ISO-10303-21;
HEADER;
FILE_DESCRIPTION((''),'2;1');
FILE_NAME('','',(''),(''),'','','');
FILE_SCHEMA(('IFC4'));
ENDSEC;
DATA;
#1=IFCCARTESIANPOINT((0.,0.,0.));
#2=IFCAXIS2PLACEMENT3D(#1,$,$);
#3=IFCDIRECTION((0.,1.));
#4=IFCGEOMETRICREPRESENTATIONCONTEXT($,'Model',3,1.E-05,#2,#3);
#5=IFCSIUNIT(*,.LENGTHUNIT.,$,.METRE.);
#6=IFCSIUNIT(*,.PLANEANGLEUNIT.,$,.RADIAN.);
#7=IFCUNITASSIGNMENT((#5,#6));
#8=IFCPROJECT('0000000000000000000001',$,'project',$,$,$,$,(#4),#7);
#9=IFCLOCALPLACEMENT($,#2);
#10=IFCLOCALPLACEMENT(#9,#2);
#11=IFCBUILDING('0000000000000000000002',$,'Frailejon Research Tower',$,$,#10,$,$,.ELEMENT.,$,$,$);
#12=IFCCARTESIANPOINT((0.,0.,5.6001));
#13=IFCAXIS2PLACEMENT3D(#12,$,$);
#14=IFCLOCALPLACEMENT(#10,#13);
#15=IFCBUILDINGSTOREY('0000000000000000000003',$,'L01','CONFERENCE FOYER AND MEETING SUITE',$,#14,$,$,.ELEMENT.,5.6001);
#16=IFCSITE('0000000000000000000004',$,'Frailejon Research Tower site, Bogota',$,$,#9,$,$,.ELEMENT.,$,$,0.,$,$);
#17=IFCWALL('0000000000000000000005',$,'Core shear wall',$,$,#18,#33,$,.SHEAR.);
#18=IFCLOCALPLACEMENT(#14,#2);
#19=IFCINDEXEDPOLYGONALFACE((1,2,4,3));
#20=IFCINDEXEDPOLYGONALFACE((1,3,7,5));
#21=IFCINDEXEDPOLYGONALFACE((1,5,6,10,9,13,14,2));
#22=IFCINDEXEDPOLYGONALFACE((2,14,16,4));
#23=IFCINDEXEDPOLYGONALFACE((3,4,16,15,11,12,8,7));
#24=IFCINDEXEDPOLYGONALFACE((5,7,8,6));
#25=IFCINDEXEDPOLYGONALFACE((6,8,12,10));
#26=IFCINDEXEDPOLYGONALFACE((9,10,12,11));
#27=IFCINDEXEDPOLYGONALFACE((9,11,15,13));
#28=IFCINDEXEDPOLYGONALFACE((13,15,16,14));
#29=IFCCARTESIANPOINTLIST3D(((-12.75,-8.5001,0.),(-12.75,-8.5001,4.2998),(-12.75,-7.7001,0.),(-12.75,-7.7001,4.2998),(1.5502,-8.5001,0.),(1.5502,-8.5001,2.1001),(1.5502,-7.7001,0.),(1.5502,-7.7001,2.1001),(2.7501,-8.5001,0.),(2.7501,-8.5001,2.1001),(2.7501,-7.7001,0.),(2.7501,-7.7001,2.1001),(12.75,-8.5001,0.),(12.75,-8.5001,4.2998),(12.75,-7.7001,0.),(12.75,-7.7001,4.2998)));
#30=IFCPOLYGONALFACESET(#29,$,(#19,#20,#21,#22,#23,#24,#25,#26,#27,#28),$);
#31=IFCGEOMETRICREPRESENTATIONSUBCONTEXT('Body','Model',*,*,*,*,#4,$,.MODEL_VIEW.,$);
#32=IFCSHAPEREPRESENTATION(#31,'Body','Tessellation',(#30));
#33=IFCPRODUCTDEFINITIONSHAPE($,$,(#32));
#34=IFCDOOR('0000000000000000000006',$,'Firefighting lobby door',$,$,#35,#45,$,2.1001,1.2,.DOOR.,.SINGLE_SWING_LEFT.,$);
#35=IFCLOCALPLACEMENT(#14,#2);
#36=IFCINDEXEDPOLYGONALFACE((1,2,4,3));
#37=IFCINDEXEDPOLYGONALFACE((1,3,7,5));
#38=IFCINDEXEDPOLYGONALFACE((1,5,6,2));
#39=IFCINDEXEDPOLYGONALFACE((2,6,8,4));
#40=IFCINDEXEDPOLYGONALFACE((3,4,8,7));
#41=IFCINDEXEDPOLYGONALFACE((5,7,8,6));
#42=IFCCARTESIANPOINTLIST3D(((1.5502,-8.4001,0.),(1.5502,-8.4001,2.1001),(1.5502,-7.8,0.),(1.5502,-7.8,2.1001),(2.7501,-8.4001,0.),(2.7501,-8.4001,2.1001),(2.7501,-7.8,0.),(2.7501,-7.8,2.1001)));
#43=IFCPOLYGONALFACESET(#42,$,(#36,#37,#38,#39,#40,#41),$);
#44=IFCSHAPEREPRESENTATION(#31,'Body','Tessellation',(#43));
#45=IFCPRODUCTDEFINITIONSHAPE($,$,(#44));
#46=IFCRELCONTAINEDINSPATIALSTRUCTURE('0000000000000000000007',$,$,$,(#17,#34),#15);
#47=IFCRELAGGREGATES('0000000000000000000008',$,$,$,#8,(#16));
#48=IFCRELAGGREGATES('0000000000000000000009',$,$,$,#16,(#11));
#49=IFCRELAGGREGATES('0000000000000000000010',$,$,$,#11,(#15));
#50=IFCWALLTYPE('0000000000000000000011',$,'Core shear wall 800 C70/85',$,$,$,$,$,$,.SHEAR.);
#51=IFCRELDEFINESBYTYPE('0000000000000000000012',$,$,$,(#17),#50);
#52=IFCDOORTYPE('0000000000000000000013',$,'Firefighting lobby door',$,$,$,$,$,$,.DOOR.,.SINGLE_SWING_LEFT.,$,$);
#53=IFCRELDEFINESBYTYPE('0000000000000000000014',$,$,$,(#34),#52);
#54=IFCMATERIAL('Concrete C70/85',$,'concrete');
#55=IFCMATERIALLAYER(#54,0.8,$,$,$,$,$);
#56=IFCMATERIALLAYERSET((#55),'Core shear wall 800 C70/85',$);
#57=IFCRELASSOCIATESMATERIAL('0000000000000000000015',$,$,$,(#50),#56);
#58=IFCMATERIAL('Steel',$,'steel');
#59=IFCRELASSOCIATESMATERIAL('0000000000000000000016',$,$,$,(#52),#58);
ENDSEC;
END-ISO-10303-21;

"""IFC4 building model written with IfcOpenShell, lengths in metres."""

from ifc_helpers import new_model, si_unit, direction, frame, frame_2d, origin, place, context, subcontext, project, spatial, rectangle, extrude, material, layer, layer_set, type_object, element, fill, save


model = new_model("IFC4")

# Units and contexts
model_context = context("Model", 3, precision=1e-05, world=origin(), true_north=direction((0.0, 1.0)))
body_context = subcontext(model_context, "Body", "Model", "MODEL_VIEW")
ifc_project = project(units=[si_unit("LENGTHUNIT", "METRE"), si_unit("PLANEANGLEUNIT", "RADIAN")], contexts=[model_context])

# Site, building, storey
site_placement = place(None, origin())
site = spatial("IfcSite", under=ifc_project, at=site_placement, Name="Frailejon Research Tower site, Bogota", CompositionType="ELEMENT", RefElevation=0.0)
building_placement = place(site_placement, origin())
building = spatial("IfcBuilding", under=site, at=building_placement, Name="Frailejon Research Tower", CompositionType="ELEMENT")
storey_placement = place(building_placement, frame((0.0, 0.0, 5.6001)))
storey = spatial("IfcBuildingStorey", under=building, at=storey_placement, Name="L01", Description="CONFERENCE FOYER AND MEETING SUITE", CompositionType="ELEMENT", Elevation=5.6001)

# Wall, opening, door
ifc_material_1 = material(Name="Concrete C70/85", Category="concrete")
ifc_layer_1 = layer(ifc_material_1, 0.8)
ifc_layer_set_1 = layer_set([ifc_layer_1], Name="Core shear wall 800 C70/85")
wall_type_1 = type_object("IfcWallType", Name="Core shear wall 800 C70/85", PredefinedType="SHEAR", material=ifc_layer_set_1)
wall_1_placement = place(storey_placement, frame((-12.75, -8.1001, 0.0), z_axis=(0.0, 0.0, 1.0), x_axis=(1.0, 0.0, 0.0)))
wall_1 = element("IfcWall", 1, at=wall_1_placement, inside=storey, type_object=wall_type_1, Name="Core shear wall", PredefinedType="SHEAR", context=body_context, shape_type="SweptSolid", body=[
    extrude(rectangle(XDim=25.5, YDim=0.8, at=frame_2d((12.75, 0.0))), origin(), (0.0, 0.0, 1.0), 4.2998),
])
opening_1_placement = place(wall_1_placement, frame((14.3, 0.0, 0.0)))
opening_1 = element("IfcOpeningElement", 2, at=opening_1_placement, cuts=wall_1, PredefinedType="OPENING", context=body_context, shape_type="SweptSolid", body=[
    extrude(rectangle(XDim=1.2, YDim=2.1001, at=frame_2d((0.6001, 1.05))), frame((0.0, 0.4099, 0.0), z_axis=(0.0, -1.0, 0.0), x_axis=(1.0, 0.0, 0.0)), (0.0, 0.0, 1.0), 0.8201),
])
ifc_material_2 = material(Name="Steel", Category="steel")
door_type_1 = type_object("IfcDoorType", Name="Firefighting lobby door", OperationType="SINGLE_SWING_LEFT", PredefinedType="DOOR", material=ifc_material_2)
door_1_placement = place(opening_1_placement, origin())
door_1 = element("IfcDoor", 3, at=door_1_placement, inside=storey, type_object=door_type_1, Name="Firefighting lobby door", OperationType="SINGLE_SWING_LEFT", OverallHeight=2.1001, OverallWidth=1.2, PredefinedType="DOOR", context=body_context, shape_type="SweptSolid", body=[
    extrude(rectangle(XDim=1.2, YDim=2.1001, at=frame_2d((0.6001, 1.05))), frame((0.0, 0.3, 0.0), z_axis=(0.0, -1.0, 0.0), x_axis=(1.0, 0.0, 0.0)), (0.0, 0.0, 1.0), 0.6001),
])
fill(opening_1, door_1)

save(model, "model.ifc")
